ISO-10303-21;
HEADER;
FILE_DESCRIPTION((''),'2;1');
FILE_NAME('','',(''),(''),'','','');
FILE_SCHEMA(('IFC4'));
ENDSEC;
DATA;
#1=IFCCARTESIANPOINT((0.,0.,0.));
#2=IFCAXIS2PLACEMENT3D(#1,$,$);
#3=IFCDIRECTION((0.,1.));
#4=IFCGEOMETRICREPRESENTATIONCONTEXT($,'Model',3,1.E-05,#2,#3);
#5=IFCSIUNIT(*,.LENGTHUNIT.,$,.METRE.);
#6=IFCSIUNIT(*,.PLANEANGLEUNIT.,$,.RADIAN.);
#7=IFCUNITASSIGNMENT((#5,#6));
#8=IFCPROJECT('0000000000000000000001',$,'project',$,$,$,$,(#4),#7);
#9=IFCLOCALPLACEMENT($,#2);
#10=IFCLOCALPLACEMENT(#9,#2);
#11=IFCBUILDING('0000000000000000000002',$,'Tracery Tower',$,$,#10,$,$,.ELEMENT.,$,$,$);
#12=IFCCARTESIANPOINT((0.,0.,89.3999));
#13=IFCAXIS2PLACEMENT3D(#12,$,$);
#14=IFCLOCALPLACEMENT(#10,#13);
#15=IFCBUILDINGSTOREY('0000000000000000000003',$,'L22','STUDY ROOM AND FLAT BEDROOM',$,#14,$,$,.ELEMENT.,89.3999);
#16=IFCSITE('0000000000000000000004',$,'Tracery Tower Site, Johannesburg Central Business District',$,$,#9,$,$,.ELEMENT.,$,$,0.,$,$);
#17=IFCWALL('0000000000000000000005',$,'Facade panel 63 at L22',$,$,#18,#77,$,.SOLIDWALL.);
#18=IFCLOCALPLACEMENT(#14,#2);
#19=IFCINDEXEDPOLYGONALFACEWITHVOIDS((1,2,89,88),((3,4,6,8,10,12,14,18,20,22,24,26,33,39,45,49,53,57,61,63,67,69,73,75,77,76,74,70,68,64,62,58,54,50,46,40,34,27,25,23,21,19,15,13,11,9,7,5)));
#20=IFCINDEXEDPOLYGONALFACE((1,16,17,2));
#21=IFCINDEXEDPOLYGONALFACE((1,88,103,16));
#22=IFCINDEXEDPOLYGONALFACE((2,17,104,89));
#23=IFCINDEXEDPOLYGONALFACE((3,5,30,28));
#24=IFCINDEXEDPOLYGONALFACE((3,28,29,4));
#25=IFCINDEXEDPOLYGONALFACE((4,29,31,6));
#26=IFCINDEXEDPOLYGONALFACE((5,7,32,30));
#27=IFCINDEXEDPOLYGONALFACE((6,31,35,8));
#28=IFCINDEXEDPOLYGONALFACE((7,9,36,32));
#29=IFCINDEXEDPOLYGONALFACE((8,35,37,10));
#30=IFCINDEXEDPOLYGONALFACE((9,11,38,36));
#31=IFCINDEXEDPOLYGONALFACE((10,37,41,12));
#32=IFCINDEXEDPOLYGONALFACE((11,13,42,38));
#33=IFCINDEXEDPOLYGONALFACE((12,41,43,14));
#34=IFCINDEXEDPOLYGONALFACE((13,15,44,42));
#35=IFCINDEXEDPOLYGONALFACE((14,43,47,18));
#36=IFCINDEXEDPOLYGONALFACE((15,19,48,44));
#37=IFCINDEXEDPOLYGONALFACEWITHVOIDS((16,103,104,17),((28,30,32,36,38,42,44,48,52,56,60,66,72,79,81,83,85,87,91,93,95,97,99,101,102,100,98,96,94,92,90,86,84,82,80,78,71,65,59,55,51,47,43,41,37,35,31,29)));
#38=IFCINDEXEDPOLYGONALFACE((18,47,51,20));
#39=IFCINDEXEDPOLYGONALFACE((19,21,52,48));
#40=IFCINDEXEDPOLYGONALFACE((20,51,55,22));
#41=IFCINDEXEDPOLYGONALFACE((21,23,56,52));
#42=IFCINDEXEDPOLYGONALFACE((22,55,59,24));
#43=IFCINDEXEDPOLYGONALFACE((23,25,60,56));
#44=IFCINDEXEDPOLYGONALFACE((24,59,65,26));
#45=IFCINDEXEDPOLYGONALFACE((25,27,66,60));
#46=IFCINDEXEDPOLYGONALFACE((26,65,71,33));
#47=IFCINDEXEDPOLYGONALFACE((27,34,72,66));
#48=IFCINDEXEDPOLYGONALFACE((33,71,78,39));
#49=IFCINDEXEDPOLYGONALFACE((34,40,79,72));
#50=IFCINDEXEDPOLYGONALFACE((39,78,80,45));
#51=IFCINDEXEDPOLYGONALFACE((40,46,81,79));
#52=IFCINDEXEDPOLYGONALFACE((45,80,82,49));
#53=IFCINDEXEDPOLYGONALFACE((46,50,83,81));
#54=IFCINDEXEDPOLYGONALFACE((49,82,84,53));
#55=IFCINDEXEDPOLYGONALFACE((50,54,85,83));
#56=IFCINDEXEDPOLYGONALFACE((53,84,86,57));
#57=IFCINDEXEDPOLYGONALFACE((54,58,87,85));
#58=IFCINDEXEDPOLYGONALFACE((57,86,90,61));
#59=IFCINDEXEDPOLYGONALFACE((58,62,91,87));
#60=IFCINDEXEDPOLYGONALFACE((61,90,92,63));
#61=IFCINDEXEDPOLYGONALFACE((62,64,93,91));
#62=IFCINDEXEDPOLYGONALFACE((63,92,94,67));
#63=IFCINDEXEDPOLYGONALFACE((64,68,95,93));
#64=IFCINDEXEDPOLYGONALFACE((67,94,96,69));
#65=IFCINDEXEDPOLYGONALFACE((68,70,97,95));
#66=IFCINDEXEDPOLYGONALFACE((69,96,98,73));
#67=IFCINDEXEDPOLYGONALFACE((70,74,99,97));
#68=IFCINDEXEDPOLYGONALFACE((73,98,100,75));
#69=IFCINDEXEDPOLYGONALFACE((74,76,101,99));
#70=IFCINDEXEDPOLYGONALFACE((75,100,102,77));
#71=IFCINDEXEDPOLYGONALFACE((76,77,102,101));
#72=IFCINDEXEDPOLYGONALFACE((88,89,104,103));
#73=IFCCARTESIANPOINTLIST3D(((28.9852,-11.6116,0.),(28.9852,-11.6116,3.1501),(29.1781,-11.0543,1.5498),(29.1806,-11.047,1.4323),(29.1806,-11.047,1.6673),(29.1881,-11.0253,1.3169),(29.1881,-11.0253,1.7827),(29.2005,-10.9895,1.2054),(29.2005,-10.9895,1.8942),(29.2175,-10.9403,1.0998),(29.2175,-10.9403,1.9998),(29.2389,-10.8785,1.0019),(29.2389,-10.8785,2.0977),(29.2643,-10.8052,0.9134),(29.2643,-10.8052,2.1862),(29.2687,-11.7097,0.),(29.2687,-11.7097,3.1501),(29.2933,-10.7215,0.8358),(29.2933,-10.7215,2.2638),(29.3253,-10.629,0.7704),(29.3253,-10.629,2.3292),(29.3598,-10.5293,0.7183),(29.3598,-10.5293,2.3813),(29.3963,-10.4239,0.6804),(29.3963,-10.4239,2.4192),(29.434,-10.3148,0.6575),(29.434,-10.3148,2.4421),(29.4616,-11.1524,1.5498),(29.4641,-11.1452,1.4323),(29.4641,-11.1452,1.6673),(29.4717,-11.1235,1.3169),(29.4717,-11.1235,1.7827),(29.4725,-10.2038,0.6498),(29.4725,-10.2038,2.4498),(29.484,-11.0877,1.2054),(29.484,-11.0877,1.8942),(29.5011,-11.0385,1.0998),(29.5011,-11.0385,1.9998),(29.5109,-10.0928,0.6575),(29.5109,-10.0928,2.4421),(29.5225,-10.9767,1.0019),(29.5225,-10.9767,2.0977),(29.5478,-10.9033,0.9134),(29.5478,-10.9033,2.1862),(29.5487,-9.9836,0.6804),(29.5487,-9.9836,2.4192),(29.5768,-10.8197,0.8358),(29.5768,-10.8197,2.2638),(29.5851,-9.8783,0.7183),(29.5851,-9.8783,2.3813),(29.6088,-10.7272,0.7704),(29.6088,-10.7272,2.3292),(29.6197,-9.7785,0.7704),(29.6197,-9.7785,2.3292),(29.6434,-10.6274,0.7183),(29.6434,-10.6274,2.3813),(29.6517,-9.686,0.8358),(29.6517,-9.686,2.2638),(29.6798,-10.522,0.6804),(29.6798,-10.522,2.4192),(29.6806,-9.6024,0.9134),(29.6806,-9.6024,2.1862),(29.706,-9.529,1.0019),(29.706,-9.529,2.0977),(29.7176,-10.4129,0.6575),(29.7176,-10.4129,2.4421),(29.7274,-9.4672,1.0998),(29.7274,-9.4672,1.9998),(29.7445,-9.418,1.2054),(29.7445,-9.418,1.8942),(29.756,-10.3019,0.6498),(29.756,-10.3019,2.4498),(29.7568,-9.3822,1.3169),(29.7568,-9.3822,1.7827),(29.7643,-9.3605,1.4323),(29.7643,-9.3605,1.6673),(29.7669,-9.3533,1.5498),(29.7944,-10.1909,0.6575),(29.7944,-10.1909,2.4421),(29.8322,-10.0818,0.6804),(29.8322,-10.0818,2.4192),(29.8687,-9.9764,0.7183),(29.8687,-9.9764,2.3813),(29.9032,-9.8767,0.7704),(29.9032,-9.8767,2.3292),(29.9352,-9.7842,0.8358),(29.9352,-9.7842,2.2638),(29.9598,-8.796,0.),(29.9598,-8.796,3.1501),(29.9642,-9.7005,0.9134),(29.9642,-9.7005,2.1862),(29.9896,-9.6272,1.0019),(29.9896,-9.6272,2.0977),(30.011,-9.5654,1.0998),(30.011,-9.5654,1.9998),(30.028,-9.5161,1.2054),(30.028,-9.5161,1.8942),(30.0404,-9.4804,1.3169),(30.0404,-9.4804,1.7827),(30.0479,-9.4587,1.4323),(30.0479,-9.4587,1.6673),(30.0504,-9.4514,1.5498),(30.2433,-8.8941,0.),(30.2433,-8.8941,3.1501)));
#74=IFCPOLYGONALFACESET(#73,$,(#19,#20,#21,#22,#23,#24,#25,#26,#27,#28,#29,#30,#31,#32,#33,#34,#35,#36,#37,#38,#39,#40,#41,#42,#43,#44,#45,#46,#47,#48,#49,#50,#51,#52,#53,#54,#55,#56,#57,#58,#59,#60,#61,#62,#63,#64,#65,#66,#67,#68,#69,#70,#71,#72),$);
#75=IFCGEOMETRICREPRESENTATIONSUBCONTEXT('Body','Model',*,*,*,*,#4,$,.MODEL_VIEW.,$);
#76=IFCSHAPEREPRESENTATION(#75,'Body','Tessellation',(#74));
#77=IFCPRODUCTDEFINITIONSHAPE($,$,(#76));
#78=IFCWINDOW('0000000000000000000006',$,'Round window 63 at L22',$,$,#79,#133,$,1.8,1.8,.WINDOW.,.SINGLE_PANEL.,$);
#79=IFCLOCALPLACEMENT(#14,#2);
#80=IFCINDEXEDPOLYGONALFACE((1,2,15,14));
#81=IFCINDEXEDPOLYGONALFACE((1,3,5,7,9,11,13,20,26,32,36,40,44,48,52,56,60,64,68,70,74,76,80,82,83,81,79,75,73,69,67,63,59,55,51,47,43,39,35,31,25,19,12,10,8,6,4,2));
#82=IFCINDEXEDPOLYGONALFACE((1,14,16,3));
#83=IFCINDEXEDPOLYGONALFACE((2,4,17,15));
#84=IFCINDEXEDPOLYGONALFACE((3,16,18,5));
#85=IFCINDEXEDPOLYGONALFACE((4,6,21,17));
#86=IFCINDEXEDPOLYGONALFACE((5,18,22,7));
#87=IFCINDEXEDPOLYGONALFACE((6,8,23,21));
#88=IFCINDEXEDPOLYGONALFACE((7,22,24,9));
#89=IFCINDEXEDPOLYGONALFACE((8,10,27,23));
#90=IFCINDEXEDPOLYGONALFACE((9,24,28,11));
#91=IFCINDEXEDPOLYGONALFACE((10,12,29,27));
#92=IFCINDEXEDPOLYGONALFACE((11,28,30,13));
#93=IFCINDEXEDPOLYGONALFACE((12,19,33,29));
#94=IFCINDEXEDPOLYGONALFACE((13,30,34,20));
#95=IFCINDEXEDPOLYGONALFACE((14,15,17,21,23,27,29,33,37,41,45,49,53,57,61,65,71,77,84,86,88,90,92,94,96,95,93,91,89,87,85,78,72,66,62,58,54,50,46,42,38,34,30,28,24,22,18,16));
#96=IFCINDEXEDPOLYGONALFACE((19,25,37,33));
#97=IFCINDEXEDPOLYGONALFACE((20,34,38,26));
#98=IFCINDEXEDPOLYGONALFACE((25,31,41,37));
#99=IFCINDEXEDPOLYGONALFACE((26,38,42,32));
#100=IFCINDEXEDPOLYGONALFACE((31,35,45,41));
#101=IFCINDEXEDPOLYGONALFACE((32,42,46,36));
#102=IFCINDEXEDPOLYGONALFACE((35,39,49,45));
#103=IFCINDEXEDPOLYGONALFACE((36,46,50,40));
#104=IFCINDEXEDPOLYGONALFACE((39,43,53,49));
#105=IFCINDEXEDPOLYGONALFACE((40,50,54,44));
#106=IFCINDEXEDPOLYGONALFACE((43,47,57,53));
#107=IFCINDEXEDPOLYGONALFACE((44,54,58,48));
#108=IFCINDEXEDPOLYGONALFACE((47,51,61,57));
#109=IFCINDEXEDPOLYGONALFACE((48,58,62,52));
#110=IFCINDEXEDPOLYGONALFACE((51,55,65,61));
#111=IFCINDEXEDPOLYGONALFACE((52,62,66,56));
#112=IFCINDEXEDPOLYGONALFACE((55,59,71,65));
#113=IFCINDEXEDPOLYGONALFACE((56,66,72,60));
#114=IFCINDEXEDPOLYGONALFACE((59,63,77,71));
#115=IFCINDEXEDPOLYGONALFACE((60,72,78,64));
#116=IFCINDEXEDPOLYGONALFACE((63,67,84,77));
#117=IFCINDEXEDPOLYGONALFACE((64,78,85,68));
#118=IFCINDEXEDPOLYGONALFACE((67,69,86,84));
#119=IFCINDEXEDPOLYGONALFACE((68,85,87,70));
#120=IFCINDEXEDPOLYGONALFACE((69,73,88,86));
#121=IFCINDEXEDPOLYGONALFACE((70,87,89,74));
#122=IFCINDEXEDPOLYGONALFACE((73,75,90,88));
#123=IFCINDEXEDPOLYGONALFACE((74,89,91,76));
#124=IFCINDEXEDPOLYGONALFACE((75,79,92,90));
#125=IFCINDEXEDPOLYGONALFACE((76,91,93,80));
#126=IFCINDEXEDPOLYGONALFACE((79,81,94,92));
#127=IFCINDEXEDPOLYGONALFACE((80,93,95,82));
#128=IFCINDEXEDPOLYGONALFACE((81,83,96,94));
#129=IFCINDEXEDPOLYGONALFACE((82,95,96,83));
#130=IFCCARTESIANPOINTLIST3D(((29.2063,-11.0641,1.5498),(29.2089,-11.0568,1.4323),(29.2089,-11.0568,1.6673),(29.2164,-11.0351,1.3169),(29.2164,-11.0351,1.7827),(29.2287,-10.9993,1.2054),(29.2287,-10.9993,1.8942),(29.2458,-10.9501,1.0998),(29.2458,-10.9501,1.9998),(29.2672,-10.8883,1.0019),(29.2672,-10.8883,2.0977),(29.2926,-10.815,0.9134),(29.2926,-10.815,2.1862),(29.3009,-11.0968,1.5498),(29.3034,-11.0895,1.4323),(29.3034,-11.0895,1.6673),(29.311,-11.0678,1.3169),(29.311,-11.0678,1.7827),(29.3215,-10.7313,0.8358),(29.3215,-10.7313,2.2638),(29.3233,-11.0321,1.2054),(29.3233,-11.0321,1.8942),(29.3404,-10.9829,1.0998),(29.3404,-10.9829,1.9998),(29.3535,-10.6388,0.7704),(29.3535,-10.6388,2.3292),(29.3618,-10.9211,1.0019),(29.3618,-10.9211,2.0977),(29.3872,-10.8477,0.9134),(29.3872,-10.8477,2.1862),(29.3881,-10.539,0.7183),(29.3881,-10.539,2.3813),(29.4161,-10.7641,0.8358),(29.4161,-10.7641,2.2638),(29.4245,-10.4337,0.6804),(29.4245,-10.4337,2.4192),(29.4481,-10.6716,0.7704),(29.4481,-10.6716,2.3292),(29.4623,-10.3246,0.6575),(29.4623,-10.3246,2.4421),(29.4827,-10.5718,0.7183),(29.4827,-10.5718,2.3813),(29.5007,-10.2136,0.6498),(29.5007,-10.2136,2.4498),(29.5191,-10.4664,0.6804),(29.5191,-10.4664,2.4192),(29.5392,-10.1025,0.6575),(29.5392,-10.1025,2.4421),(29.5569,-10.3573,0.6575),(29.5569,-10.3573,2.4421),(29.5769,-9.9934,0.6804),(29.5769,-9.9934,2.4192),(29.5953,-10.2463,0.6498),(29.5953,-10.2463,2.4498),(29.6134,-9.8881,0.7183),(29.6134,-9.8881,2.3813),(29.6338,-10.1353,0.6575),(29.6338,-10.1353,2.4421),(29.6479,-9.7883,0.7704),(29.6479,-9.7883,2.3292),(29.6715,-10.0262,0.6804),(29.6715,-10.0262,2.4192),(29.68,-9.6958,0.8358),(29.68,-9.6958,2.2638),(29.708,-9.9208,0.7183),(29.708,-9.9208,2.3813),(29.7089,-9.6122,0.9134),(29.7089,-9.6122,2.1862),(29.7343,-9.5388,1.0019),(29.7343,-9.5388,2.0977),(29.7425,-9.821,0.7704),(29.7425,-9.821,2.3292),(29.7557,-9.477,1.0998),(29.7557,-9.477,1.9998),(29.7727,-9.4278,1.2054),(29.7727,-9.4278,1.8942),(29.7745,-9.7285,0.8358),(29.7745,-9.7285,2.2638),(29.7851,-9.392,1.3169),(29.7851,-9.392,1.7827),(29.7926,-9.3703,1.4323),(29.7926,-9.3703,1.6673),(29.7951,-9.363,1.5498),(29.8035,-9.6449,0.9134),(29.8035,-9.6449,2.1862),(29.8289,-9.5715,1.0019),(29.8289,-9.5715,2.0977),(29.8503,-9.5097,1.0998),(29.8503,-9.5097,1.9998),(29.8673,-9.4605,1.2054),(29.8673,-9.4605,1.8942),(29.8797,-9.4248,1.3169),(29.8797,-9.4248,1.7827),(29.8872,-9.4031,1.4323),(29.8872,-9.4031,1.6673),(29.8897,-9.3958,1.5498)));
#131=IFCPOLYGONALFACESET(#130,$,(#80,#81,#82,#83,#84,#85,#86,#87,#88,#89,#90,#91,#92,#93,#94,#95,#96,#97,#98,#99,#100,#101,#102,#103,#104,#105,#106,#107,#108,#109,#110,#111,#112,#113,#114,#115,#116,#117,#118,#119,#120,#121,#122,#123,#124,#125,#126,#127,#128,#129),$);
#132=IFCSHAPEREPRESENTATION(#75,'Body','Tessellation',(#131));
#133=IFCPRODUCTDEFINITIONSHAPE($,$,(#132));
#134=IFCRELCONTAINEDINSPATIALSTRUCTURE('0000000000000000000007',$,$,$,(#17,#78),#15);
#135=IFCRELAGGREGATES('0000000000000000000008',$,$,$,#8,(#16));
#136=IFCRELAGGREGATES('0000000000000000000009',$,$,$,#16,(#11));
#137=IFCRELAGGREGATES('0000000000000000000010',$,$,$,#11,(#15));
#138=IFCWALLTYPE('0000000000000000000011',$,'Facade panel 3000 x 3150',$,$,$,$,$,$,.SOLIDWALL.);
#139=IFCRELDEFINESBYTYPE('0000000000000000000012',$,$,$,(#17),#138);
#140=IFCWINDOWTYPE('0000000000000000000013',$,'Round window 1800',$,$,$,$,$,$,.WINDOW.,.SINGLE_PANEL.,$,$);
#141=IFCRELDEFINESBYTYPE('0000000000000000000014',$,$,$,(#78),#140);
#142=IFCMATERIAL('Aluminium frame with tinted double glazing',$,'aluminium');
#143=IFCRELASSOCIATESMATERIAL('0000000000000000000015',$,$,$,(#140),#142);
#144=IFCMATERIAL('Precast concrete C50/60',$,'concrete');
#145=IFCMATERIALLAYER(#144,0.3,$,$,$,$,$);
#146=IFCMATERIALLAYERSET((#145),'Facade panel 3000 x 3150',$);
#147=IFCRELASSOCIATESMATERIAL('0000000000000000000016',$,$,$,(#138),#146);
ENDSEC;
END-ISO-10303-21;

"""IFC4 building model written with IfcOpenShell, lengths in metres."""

from ifc_helpers import new_model, si_unit, direction, frame, frame_2d, origin, origin_2d, place, context, subcontext, project, spatial, rectangle, circle, extrude, material, layer, layer_set, type_object, element, fill, save


model = new_model("IFC4")

# Units and contexts
model_context = context("Model", 3, precision=1e-05, world=origin(), true_north=direction((0.0, 1.0)))
body_context = subcontext(model_context, "Body", "Model", "MODEL_VIEW")
ifc_project = project(units=[si_unit("LENGTHUNIT", "METRE"), si_unit("PLANEANGLEUNIT", "RADIAN")], contexts=[model_context])

# Site, building, storey
site_placement = place(None, origin())
site = spatial("IfcSite", under=ifc_project, at=site_placement, Name="Tracery Tower Site, Johannesburg Central Business District", CompositionType="ELEMENT", RefElevation=0.0)
building_placement = place(site_placement, origin())
building = spatial("IfcBuilding", under=site, at=building_placement, Name="Tracery Tower", CompositionType="ELEMENT")
storey_placement = place(building_placement, frame((0.0, 0.0, 89.3999)))
storey = spatial("IfcBuildingStorey", under=building, at=storey_placement, Name="L22", Description="STUDY ROOM AND FLAT BEDROOM", CompositionType="ELEMENT", Elevation=89.3999)

# Wall, opening, window
ifc_material_1 = material(Name="Aluminium frame with tinted double glazing", Category="aluminium")
window_type = type_object("IfcWindowType", Name="Round window 1800", PartitioningType="SINGLE_PANEL", PredefinedType="WINDOW", material=ifc_material_1)
ifc_material_2 = material(Name="Precast concrete C50/60", Category="concrete")
ifc_layer_1 = layer(ifc_material_2, 0.3)
ifc_layer_set_1 = layer_set([ifc_layer_1], Name="Facade panel 3000 x 3150")
wall_type_1 = type_object("IfcWallType", Name="Facade panel 3000 x 3150", PredefinedType="SOLIDWALL", material=ifc_layer_set_1)
wall_1_placement = place(storey_placement, frame((29.127, -11.6606, 0.0), z_axis=(0.0, 0.0, 1.0), x_axis=(0.327096, 0.944991, 0.0)))
wall_1 = element("IfcWall", 1, at=wall_1_placement, inside=storey, type_object=wall_type_1, Name="Facade panel 63 at L22", PredefinedType="SOLIDWALL", context=body_context, shape_type="SweptSolid", body=[
    extrude(rectangle(XDim=2.9795, YDim=0.3, at=frame_2d((1.4897, 0.0))), origin(), (0.0, 0.0, 1.0), 3.1501),
])
opening_1_placement = place(wall_1_placement, frame((1.4897, 0.0, 1.5498)))
opening_1 = element("IfcOpeningElement", 2, at=opening_1_placement, cuts=wall_1, PredefinedType="OPENING", context=body_context, shape_type="SweptSolid", body=[
    extrude(circle(Radius=0.9, at=origin_2d()), frame((0.0, 0.1599, 0.0), z_axis=(0.0, -1.0, 0.0), x_axis=(1.0, 0.0, 0.0)), (0.0, 0.0, 1.0), 0.3201),
])
window_1_placement = place(opening_1_placement, origin())
window_1 = element("IfcWindow", 3, at=window_1_placement, inside=storey, type_object=window_type, Name="Round window 63 at L22", OverallHeight=1.8, OverallWidth=1.8, PartitioningType="SINGLE_PANEL", PredefinedType="WINDOW", context=body_context, shape_type="SweptSolid", body=[
    extrude(circle(Radius=0.9, at=origin_2d()), frame((0.0, 0.1201, 0.0), z_axis=(0.0, -1.0, 0.0), x_axis=(1.0, 0.0, 0.0)), (0.0, 0.0, 1.0), 0.1001),
])
fill(opening_1, window_1)

save(model, "model.ifc")
